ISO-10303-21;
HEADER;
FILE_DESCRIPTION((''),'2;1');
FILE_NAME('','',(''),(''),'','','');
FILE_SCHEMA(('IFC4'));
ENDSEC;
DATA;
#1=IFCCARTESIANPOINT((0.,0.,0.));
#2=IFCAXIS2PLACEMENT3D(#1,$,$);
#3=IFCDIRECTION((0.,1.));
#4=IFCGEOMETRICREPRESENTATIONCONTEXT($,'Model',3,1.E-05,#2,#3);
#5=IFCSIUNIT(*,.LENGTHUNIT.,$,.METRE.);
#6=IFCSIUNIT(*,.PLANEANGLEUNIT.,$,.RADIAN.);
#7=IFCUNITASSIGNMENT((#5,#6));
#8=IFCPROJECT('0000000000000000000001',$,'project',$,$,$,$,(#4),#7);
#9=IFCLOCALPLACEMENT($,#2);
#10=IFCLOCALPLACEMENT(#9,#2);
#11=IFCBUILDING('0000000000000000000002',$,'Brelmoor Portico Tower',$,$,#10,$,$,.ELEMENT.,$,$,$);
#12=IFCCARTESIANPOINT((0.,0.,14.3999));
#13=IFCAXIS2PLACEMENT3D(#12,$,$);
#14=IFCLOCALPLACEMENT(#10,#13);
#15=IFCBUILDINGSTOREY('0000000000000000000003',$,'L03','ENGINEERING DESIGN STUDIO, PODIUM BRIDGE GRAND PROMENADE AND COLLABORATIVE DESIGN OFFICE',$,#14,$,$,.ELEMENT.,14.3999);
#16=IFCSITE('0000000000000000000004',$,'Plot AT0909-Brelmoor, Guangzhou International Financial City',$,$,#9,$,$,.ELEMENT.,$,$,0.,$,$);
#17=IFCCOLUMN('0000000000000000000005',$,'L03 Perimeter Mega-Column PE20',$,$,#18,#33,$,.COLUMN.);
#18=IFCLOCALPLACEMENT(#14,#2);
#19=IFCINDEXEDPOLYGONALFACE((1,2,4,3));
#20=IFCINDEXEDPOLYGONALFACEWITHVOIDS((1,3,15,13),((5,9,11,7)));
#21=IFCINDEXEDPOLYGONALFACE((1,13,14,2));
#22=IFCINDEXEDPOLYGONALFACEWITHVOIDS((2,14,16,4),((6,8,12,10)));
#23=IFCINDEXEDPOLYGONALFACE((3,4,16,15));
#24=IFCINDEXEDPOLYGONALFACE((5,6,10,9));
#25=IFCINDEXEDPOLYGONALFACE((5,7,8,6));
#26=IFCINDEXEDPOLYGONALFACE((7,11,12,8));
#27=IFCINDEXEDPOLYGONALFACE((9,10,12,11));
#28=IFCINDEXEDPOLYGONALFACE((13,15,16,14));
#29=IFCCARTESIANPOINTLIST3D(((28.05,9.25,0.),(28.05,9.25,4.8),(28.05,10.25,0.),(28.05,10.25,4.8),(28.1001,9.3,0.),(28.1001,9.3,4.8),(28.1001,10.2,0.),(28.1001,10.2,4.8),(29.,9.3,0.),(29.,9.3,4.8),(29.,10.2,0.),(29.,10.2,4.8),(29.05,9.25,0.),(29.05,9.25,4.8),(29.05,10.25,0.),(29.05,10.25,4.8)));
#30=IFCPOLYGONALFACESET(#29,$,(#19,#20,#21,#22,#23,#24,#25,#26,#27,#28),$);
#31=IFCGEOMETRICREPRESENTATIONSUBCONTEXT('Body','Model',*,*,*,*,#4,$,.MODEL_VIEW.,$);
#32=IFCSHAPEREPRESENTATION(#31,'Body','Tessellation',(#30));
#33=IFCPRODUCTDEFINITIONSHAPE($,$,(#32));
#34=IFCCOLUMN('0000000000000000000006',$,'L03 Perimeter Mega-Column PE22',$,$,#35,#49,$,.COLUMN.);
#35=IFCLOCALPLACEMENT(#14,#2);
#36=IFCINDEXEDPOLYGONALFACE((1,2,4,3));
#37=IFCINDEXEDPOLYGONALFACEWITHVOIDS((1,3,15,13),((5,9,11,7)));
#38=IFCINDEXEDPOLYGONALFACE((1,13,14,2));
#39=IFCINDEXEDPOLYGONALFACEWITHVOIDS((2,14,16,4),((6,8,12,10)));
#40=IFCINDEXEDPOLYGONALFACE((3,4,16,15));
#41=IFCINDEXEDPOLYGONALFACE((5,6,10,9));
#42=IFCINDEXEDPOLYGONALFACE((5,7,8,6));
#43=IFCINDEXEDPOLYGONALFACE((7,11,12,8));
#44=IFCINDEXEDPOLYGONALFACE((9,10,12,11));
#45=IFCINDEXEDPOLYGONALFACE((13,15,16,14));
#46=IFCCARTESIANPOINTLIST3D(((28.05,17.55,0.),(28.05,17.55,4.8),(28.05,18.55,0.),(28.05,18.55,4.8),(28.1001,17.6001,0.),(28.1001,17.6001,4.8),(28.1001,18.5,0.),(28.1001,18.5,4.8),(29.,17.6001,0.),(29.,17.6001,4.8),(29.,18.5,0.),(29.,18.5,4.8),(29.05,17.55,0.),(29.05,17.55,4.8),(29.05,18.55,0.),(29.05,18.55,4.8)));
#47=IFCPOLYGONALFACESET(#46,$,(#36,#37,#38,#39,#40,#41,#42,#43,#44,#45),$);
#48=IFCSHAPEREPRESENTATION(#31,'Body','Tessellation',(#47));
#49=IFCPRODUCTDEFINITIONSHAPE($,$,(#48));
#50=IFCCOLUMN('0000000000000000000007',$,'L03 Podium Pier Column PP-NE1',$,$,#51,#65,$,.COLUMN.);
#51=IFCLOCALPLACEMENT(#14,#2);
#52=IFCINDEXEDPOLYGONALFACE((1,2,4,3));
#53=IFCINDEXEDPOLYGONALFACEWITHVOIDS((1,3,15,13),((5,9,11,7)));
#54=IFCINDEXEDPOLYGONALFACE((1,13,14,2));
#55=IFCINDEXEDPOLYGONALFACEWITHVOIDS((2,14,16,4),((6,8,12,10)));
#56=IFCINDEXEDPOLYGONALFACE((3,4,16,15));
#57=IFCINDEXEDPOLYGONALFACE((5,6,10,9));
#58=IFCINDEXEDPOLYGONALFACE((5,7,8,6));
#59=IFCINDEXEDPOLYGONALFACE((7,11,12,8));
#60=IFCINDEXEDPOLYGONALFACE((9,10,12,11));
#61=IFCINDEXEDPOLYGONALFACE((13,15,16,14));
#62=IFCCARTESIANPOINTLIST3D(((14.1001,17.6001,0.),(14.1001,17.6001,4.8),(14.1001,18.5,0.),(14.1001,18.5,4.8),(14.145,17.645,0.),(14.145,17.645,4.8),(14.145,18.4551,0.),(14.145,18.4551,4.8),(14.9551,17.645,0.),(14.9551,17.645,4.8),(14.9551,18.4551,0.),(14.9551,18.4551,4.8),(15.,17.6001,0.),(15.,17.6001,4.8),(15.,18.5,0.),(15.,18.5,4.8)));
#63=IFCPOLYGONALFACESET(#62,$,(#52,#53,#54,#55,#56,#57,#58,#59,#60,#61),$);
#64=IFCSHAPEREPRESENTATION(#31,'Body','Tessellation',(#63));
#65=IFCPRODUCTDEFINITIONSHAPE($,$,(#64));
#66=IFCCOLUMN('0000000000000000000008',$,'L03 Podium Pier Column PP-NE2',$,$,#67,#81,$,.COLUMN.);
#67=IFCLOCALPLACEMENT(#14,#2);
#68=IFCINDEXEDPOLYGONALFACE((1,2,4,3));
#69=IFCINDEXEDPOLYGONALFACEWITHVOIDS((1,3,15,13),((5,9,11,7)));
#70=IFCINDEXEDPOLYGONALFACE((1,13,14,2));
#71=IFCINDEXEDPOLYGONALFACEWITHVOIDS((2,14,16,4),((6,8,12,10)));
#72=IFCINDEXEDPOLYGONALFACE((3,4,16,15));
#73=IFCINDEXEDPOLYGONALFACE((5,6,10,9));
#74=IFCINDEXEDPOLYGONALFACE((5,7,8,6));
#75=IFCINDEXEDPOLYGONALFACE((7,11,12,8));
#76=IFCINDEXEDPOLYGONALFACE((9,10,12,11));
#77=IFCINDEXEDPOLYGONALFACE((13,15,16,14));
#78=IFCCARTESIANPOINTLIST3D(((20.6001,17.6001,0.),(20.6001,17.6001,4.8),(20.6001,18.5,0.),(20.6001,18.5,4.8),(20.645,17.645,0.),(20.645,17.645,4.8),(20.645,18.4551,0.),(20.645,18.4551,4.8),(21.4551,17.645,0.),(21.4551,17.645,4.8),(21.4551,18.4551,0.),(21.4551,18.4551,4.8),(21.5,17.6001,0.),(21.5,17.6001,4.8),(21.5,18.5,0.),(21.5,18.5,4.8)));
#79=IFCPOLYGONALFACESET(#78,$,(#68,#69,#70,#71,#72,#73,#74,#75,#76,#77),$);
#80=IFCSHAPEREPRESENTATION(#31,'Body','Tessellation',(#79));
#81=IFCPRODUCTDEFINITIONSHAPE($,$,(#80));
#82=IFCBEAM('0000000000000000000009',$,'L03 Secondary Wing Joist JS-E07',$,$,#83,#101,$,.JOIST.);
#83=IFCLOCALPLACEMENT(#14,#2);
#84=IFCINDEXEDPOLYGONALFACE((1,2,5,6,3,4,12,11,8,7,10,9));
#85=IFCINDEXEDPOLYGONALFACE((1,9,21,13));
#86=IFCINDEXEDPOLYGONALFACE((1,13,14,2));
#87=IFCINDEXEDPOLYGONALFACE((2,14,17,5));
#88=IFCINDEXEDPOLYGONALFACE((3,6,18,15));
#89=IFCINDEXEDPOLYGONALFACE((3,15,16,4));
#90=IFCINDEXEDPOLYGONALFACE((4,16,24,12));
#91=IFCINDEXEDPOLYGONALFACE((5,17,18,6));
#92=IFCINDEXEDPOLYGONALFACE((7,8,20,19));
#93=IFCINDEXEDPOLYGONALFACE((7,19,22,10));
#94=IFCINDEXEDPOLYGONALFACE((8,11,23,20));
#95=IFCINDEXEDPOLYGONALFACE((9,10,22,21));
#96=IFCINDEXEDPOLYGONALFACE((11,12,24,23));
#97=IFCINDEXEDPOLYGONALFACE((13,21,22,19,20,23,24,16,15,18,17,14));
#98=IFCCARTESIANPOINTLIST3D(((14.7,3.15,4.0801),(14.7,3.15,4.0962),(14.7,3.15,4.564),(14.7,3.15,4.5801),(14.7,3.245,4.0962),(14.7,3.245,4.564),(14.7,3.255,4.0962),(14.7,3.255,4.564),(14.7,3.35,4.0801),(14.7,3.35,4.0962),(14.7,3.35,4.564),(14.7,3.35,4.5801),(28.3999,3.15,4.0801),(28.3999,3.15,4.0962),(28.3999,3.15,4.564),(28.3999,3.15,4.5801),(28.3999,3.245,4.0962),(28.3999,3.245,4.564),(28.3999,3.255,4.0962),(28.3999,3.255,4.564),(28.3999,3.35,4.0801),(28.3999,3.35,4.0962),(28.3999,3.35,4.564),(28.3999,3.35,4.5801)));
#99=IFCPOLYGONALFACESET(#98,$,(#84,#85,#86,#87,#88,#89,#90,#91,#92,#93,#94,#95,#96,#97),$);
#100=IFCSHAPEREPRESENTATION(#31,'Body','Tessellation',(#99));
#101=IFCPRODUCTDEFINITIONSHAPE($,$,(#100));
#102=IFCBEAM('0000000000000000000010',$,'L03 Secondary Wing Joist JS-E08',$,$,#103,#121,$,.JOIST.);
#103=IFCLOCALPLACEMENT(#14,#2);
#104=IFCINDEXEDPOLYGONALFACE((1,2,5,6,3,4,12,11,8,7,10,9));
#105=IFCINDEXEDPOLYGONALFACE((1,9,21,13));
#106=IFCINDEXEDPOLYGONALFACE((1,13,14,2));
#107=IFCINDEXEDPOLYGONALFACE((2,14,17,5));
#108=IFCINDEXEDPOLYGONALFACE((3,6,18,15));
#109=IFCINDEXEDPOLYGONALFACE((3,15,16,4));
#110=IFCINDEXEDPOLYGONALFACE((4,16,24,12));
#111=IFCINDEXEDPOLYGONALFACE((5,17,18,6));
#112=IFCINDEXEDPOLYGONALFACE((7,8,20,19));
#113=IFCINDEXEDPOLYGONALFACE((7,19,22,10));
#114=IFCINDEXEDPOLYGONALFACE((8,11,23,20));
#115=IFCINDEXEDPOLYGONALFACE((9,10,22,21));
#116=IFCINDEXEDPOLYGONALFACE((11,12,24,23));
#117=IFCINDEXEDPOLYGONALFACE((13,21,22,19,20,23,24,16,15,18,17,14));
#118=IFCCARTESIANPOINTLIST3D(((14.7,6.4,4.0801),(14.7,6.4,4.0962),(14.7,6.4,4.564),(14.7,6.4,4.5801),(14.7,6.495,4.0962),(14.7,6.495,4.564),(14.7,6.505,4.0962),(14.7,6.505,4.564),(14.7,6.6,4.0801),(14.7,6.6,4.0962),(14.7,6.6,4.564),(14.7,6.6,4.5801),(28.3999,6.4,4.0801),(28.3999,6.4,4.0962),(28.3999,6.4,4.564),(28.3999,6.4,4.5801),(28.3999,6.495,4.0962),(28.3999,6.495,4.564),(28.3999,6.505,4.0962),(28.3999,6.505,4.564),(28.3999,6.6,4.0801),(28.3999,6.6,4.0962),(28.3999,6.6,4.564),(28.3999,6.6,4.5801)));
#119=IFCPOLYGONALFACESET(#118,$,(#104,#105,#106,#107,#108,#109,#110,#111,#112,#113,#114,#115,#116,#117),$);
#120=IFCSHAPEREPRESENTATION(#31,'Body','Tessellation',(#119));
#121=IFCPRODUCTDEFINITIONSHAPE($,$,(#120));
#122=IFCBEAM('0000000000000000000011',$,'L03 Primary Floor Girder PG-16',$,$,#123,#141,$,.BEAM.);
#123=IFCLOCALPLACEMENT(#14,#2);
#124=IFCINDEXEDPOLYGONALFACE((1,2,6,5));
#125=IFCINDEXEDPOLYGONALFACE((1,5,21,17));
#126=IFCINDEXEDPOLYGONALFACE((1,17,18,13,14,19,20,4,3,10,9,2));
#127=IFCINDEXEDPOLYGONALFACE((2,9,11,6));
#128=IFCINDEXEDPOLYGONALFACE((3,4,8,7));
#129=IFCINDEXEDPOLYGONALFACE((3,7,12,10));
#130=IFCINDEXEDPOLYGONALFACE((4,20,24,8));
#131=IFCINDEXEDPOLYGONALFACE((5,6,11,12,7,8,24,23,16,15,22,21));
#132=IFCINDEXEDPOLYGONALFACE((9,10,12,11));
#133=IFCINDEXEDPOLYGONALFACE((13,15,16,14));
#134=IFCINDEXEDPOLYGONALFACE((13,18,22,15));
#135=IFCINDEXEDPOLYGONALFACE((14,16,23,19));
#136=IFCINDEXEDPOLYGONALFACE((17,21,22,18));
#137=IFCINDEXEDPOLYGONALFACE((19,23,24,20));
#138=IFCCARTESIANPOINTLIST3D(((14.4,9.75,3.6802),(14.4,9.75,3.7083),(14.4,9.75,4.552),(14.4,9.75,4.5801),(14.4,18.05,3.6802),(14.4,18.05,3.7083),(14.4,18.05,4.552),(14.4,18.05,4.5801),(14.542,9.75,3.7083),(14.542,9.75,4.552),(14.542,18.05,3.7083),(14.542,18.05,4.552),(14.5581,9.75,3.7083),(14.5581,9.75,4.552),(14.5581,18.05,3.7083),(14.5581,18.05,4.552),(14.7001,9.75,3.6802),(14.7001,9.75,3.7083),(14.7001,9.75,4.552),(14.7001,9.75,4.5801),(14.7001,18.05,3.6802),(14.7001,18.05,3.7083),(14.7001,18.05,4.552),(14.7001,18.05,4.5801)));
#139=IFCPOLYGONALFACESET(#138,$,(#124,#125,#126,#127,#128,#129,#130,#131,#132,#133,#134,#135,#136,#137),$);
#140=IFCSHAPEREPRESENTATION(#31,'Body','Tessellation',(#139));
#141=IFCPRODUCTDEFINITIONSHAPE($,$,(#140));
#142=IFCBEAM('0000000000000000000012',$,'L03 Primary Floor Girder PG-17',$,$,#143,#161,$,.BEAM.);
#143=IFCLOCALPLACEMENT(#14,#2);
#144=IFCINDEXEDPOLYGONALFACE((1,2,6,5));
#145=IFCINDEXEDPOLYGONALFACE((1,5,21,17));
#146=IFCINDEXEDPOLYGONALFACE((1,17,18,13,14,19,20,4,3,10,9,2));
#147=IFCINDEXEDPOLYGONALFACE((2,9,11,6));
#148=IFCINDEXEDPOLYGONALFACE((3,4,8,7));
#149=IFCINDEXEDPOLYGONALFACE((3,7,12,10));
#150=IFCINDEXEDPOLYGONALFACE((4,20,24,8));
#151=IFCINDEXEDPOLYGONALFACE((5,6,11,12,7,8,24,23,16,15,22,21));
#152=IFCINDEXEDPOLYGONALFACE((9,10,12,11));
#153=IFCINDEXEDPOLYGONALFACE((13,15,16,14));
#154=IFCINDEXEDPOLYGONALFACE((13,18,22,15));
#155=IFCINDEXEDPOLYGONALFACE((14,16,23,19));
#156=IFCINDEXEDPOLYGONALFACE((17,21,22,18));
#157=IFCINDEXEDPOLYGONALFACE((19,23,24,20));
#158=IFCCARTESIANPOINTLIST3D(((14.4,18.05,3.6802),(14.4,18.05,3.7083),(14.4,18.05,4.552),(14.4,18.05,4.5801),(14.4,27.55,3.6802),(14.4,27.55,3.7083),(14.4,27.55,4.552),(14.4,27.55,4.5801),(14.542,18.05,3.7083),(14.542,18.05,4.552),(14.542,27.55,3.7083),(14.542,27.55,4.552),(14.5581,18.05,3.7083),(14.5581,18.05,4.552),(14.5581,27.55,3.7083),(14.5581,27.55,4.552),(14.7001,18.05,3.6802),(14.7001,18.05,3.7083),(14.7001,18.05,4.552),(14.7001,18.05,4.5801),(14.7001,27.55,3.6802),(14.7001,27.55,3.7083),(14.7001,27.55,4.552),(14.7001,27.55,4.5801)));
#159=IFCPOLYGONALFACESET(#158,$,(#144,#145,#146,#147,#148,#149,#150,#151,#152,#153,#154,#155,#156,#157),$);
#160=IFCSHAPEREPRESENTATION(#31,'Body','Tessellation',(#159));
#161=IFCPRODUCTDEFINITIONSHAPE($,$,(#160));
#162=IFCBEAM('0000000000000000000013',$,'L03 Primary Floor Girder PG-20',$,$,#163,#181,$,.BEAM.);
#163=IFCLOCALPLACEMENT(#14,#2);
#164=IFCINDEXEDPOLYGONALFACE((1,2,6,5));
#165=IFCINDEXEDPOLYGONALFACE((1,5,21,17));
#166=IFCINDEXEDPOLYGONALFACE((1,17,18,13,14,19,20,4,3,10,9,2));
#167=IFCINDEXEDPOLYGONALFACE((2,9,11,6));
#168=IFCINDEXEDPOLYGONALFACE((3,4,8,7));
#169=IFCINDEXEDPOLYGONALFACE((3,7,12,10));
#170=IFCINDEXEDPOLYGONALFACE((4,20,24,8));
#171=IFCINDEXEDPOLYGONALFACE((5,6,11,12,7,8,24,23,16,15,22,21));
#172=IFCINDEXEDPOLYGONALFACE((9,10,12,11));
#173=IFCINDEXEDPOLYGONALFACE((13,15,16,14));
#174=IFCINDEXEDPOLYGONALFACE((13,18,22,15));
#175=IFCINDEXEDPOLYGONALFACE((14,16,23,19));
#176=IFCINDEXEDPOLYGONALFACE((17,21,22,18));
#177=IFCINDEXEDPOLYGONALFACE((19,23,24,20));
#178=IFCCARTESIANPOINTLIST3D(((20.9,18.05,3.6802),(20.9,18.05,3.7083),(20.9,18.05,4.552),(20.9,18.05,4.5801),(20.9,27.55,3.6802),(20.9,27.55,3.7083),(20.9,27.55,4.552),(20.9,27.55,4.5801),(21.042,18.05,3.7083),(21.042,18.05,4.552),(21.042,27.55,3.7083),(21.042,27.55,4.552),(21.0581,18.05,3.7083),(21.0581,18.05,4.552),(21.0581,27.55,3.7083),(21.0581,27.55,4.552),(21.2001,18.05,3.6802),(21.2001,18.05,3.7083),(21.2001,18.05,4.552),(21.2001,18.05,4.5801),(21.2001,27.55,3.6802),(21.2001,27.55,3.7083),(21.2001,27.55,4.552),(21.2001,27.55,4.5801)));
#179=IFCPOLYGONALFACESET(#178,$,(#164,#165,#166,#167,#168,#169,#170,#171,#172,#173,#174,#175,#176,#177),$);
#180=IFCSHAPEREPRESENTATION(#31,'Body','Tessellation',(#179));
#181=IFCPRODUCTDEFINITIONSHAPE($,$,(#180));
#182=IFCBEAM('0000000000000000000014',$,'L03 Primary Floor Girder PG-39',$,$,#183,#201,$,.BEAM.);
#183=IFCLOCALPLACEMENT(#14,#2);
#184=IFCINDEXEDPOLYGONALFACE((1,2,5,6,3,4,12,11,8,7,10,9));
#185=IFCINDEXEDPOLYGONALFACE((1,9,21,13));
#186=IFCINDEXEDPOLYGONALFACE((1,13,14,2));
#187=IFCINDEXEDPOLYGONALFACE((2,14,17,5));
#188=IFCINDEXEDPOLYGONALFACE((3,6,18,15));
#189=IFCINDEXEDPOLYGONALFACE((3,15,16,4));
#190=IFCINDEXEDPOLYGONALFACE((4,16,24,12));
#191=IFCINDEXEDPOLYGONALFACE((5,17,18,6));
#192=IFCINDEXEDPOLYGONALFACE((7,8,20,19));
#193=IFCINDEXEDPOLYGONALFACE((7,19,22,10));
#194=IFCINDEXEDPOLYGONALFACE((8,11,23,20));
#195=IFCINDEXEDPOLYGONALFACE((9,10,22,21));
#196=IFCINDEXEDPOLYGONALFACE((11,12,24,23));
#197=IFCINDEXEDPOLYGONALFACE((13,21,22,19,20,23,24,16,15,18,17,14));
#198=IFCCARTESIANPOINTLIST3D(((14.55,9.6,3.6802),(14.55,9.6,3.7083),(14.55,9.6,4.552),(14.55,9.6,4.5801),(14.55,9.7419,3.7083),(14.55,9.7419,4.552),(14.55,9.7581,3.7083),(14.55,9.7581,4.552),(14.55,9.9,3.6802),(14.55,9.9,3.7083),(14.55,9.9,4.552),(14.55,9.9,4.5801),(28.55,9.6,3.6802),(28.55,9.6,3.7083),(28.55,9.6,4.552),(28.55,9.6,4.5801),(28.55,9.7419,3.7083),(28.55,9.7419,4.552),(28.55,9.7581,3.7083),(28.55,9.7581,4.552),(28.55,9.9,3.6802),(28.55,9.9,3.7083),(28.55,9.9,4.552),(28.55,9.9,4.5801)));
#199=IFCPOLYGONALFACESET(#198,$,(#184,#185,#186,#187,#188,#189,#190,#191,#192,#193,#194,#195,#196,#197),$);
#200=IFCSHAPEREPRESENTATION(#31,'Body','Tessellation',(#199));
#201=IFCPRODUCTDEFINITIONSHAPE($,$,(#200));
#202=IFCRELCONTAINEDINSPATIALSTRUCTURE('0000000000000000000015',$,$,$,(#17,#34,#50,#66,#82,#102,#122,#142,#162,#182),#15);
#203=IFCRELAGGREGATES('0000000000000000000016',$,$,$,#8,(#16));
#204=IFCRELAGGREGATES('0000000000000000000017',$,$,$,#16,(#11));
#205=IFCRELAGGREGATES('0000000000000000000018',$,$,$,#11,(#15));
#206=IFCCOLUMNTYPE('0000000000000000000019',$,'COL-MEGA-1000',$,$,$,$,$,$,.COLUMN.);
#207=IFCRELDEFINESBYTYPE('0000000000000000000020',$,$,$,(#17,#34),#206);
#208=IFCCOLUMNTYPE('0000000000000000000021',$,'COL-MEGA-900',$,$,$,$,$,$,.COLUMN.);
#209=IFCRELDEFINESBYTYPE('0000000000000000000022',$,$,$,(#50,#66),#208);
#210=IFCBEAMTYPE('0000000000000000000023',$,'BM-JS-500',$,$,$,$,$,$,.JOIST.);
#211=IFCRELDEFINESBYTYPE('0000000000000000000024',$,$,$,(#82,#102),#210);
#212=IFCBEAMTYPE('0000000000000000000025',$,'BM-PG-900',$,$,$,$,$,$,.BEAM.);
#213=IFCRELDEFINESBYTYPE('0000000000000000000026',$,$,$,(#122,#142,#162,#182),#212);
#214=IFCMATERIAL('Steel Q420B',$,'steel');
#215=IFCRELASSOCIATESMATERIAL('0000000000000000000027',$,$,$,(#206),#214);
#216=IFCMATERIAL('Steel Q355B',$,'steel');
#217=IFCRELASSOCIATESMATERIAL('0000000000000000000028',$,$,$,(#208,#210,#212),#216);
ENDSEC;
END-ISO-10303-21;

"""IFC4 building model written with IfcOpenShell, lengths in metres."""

from ifc_helpers import new_model, si_unit, direction, frame, origin, origin_2d, place, context, subcontext, project, spatial, hollow_rectangle, i_section, extrude, material, material_profile, profile_set, type_object, element, save


model = new_model("IFC4")

# Units and contexts
model_context = context("Model", 3, precision=1e-05, world=origin(), true_north=direction((0.0, 1.0)))
body_context = subcontext(model_context, "Body", "Model", "MODEL_VIEW")
ifc_project = project(units=[si_unit("LENGTHUNIT", "METRE"), si_unit("PLANEANGLEUNIT", "RADIAN")], contexts=[model_context])

# Site, building, storey
site_placement = place(None, origin())
site = spatial("IfcSite", under=ifc_project, at=site_placement, Name="Plot AT0909-Brelmoor, Guangzhou International Financial City", CompositionType="ELEMENT", RefElevation=0.0)
building_placement = place(site_placement, origin())
building = spatial("IfcBuilding", under=site, at=building_placement, Name="Brelmoor Portico Tower", CompositionType="ELEMENT")
storey_placement = place(building_placement, frame((0.0, 0.0, 14.3999)))
storey = spatial("IfcBuildingStorey", under=building, at=storey_placement, Name="L03", Description="ENGINEERING DESIGN STUDIO, PODIUM BRIDGE GRAND PROMENADE AND COLLABORATIVE DESIGN OFFICE", CompositionType="ELEMENT", Elevation=14.3999)

# Columns
ifc_material_1 = material(Name="Steel Q420B", Category="steel")
ifc_material_profile_1 = material_profile(ifc_material_1, hollow_rectangle(XDim=1.0, YDim=1.0, WallThickness=0.05, at=origin_2d()), Name="BOX 1000x1000x50")
ifc_profile_set_1 = profile_set([ifc_material_profile_1], Name="Steel Q420B")
column_type_1 = type_object("IfcColumnType", Name="COL-MEGA-1000", PredefinedType="COLUMN", material=ifc_profile_set_1)
for number, where, z_axis, x_axis, name in (
    (1, (28.55, 9.75, 0.0), (0.0, 0.0, 1.0), (0.0, 1.0, 0.0), "L03 Perimeter Mega-Column PE20"),
    (2, (28.55, 18.05, 0.0), (0.0, 0.0, 1.0), (0.0, 1.0, 0.0), "L03 Perimeter Mega-Column PE22"),
):
    element("IfcColumn", number, at=place(storey_placement, frame(where, z_axis=z_axis, x_axis=x_axis)), inside=storey, type_object=column_type_1, Name=name, PredefinedType="COLUMN", context=body_context, shape_type="SweptSolid", body=[
        extrude(hollow_rectangle(XDim=1.0, YDim=1.0, WallThickness=0.05, at=origin_2d()), origin(), (0.0, 0.0, 1.0), 4.8),
    ])
ifc_material_2 = material(Name="Steel Q355B", Category="steel")
ifc_material_profile_2 = material_profile(ifc_material_2, hollow_rectangle(XDim=0.8999, YDim=0.8999, WallThickness=0.0449, at=origin_2d()), Name="BOX 900x900x45")
ifc_profile_set_2 = profile_set([ifc_material_profile_2], Name="Steel Q355B")
column_type_2 = type_object("IfcColumnType", Name="COL-MEGA-900", PredefinedType="COLUMN", material=ifc_profile_set_2)
for number, where, z_axis, x_axis, name in (
    (3, (14.55, 18.05, 0.0), (0.0, 0.0, 1.0), (1.0, 0.0, 0.0), "L03 Podium Pier Column PP-NE1"),
    (4, (21.05, 18.05, 0.0), (0.0, 0.0, 1.0), (1.0, 0.0, 0.0), "L03 Podium Pier Column PP-NE2"),
):
    element("IfcColumn", number, at=place(storey_placement, frame(where, z_axis=z_axis, x_axis=x_axis)), inside=storey, type_object=column_type_2, Name=name, PredefinedType="COLUMN", context=body_context, shape_type="SweptSolid", body=[
        extrude(hollow_rectangle(XDim=0.8999, YDim=0.8999, WallThickness=0.0449, at=origin_2d()), origin(), (0.0, 0.0, 1.0), 4.8),
    ])

# Beams
ifc_material_profile_3 = material_profile(ifc_material_2, i_section(OverallWidth=0.2, OverallDepth=0.5, WebThickness=0.01, FlangeThickness=0.0161, at=origin_2d()), Name="HN 500x200x10x16")
ifc_profile_set_3 = profile_set([ifc_material_profile_3], Name="Steel Q355B")
beam_type_1 = type_object("IfcBeamType", Name="BM-JS-500", PredefinedType="JOIST", material=ifc_profile_set_3)
for number, where, z_axis, x_axis, name in (
    (5, (14.7, 3.25, 4.3301), (1.0, 0.0, 0.0), (0.0, 1.0, 0.0), "L03 Secondary Wing Joist JS-E07"),
    (6, (14.7, 6.5, 4.3301), (1.0, 0.0, 0.0), (0.0, 1.0, 0.0), "L03 Secondary Wing Joist JS-E08"),
):
    element("IfcBeam", number, at=place(storey_placement, frame(where, z_axis=z_axis, x_axis=x_axis)), inside=storey, type_object=beam_type_1, Name=name, PredefinedType="JOIST", context=body_context, shape_type="SweptSolid", body=[
        extrude(i_section(OverallWidth=0.2, OverallDepth=0.5, WebThickness=0.01, FlangeThickness=0.0161, at=origin_2d()), origin(), (0.0, 0.0, 1.0), 13.7),
    ])
ifc_material_profile_4 = material_profile(ifc_material_2, i_section(OverallWidth=0.3, OverallDepth=0.8999, WebThickness=0.0161, FlangeThickness=0.0281, at=origin_2d()), Name="HN 900x300x16x28")
ifc_profile_set_4 = profile_set([ifc_material_profile_4], Name="Steel Q355B")
beam_type_2 = type_object("IfcBeamType", Name="BM-PG-900", PredefinedType="BEAM", material=ifc_profile_set_4)
beam_1_placement = place(storey_placement, frame((14.55, 9.75, 4.1301), z_axis=(0.0, 1.0, 0.0), x_axis=(-1.0, 0.0, 0.0)))
element("IfcBeam", 7, at=beam_1_placement, inside=storey, type_object=beam_type_2, Name="L03 Primary Floor Girder PG-16", PredefinedType="BEAM", context=body_context, shape_type="SweptSolid", body=[
    extrude(i_section(OverallWidth=0.3, OverallDepth=0.8999, WebThickness=0.0161, FlangeThickness=0.0281, at=origin_2d()), origin(), (0.0, 0.0, 1.0), 8.3),
])
for number, where, z_axis, x_axis, name in (
    (8, (14.55, 18.05, 4.1301), (0.0, 1.0, 0.0), (-1.0, 0.0, 0.0), "L03 Primary Floor Girder PG-17"),
    (9, (21.05, 18.05, 4.1301), (0.0, 1.0, 0.0), (-1.0, 0.0, 0.0), "L03 Primary Floor Girder PG-20"),
):
    element("IfcBeam", number, at=place(storey_placement, frame(where, z_axis=z_axis, x_axis=x_axis)), inside=storey, type_object=beam_type_2, Name=name, PredefinedType="BEAM", context=body_context, shape_type="SweptSolid", body=[
        extrude(i_section(OverallWidth=0.3, OverallDepth=0.8999, WebThickness=0.0161, FlangeThickness=0.0281, at=origin_2d()), origin(), (0.0, 0.0, 1.0), 9.5),
    ])
beam_2_placement = place(storey_placement, frame((14.55, 9.75, 4.1301), z_axis=(1.0, 0.0, 0.0), x_axis=(0.0, 1.0, 0.0)))
element("IfcBeam", 10, at=beam_2_placement, inside=storey, type_object=beam_type_2, Name="L03 Primary Floor Girder PG-39", PredefinedType="BEAM", context=body_context, shape_type="SweptSolid", body=[
    extrude(i_section(OverallWidth=0.3, OverallDepth=0.8999, WebThickness=0.0161, FlangeThickness=0.0281, at=origin_2d()), origin(), (0.0, 0.0, 1.0), 14.0),
])

save(model, "model.ifc")
